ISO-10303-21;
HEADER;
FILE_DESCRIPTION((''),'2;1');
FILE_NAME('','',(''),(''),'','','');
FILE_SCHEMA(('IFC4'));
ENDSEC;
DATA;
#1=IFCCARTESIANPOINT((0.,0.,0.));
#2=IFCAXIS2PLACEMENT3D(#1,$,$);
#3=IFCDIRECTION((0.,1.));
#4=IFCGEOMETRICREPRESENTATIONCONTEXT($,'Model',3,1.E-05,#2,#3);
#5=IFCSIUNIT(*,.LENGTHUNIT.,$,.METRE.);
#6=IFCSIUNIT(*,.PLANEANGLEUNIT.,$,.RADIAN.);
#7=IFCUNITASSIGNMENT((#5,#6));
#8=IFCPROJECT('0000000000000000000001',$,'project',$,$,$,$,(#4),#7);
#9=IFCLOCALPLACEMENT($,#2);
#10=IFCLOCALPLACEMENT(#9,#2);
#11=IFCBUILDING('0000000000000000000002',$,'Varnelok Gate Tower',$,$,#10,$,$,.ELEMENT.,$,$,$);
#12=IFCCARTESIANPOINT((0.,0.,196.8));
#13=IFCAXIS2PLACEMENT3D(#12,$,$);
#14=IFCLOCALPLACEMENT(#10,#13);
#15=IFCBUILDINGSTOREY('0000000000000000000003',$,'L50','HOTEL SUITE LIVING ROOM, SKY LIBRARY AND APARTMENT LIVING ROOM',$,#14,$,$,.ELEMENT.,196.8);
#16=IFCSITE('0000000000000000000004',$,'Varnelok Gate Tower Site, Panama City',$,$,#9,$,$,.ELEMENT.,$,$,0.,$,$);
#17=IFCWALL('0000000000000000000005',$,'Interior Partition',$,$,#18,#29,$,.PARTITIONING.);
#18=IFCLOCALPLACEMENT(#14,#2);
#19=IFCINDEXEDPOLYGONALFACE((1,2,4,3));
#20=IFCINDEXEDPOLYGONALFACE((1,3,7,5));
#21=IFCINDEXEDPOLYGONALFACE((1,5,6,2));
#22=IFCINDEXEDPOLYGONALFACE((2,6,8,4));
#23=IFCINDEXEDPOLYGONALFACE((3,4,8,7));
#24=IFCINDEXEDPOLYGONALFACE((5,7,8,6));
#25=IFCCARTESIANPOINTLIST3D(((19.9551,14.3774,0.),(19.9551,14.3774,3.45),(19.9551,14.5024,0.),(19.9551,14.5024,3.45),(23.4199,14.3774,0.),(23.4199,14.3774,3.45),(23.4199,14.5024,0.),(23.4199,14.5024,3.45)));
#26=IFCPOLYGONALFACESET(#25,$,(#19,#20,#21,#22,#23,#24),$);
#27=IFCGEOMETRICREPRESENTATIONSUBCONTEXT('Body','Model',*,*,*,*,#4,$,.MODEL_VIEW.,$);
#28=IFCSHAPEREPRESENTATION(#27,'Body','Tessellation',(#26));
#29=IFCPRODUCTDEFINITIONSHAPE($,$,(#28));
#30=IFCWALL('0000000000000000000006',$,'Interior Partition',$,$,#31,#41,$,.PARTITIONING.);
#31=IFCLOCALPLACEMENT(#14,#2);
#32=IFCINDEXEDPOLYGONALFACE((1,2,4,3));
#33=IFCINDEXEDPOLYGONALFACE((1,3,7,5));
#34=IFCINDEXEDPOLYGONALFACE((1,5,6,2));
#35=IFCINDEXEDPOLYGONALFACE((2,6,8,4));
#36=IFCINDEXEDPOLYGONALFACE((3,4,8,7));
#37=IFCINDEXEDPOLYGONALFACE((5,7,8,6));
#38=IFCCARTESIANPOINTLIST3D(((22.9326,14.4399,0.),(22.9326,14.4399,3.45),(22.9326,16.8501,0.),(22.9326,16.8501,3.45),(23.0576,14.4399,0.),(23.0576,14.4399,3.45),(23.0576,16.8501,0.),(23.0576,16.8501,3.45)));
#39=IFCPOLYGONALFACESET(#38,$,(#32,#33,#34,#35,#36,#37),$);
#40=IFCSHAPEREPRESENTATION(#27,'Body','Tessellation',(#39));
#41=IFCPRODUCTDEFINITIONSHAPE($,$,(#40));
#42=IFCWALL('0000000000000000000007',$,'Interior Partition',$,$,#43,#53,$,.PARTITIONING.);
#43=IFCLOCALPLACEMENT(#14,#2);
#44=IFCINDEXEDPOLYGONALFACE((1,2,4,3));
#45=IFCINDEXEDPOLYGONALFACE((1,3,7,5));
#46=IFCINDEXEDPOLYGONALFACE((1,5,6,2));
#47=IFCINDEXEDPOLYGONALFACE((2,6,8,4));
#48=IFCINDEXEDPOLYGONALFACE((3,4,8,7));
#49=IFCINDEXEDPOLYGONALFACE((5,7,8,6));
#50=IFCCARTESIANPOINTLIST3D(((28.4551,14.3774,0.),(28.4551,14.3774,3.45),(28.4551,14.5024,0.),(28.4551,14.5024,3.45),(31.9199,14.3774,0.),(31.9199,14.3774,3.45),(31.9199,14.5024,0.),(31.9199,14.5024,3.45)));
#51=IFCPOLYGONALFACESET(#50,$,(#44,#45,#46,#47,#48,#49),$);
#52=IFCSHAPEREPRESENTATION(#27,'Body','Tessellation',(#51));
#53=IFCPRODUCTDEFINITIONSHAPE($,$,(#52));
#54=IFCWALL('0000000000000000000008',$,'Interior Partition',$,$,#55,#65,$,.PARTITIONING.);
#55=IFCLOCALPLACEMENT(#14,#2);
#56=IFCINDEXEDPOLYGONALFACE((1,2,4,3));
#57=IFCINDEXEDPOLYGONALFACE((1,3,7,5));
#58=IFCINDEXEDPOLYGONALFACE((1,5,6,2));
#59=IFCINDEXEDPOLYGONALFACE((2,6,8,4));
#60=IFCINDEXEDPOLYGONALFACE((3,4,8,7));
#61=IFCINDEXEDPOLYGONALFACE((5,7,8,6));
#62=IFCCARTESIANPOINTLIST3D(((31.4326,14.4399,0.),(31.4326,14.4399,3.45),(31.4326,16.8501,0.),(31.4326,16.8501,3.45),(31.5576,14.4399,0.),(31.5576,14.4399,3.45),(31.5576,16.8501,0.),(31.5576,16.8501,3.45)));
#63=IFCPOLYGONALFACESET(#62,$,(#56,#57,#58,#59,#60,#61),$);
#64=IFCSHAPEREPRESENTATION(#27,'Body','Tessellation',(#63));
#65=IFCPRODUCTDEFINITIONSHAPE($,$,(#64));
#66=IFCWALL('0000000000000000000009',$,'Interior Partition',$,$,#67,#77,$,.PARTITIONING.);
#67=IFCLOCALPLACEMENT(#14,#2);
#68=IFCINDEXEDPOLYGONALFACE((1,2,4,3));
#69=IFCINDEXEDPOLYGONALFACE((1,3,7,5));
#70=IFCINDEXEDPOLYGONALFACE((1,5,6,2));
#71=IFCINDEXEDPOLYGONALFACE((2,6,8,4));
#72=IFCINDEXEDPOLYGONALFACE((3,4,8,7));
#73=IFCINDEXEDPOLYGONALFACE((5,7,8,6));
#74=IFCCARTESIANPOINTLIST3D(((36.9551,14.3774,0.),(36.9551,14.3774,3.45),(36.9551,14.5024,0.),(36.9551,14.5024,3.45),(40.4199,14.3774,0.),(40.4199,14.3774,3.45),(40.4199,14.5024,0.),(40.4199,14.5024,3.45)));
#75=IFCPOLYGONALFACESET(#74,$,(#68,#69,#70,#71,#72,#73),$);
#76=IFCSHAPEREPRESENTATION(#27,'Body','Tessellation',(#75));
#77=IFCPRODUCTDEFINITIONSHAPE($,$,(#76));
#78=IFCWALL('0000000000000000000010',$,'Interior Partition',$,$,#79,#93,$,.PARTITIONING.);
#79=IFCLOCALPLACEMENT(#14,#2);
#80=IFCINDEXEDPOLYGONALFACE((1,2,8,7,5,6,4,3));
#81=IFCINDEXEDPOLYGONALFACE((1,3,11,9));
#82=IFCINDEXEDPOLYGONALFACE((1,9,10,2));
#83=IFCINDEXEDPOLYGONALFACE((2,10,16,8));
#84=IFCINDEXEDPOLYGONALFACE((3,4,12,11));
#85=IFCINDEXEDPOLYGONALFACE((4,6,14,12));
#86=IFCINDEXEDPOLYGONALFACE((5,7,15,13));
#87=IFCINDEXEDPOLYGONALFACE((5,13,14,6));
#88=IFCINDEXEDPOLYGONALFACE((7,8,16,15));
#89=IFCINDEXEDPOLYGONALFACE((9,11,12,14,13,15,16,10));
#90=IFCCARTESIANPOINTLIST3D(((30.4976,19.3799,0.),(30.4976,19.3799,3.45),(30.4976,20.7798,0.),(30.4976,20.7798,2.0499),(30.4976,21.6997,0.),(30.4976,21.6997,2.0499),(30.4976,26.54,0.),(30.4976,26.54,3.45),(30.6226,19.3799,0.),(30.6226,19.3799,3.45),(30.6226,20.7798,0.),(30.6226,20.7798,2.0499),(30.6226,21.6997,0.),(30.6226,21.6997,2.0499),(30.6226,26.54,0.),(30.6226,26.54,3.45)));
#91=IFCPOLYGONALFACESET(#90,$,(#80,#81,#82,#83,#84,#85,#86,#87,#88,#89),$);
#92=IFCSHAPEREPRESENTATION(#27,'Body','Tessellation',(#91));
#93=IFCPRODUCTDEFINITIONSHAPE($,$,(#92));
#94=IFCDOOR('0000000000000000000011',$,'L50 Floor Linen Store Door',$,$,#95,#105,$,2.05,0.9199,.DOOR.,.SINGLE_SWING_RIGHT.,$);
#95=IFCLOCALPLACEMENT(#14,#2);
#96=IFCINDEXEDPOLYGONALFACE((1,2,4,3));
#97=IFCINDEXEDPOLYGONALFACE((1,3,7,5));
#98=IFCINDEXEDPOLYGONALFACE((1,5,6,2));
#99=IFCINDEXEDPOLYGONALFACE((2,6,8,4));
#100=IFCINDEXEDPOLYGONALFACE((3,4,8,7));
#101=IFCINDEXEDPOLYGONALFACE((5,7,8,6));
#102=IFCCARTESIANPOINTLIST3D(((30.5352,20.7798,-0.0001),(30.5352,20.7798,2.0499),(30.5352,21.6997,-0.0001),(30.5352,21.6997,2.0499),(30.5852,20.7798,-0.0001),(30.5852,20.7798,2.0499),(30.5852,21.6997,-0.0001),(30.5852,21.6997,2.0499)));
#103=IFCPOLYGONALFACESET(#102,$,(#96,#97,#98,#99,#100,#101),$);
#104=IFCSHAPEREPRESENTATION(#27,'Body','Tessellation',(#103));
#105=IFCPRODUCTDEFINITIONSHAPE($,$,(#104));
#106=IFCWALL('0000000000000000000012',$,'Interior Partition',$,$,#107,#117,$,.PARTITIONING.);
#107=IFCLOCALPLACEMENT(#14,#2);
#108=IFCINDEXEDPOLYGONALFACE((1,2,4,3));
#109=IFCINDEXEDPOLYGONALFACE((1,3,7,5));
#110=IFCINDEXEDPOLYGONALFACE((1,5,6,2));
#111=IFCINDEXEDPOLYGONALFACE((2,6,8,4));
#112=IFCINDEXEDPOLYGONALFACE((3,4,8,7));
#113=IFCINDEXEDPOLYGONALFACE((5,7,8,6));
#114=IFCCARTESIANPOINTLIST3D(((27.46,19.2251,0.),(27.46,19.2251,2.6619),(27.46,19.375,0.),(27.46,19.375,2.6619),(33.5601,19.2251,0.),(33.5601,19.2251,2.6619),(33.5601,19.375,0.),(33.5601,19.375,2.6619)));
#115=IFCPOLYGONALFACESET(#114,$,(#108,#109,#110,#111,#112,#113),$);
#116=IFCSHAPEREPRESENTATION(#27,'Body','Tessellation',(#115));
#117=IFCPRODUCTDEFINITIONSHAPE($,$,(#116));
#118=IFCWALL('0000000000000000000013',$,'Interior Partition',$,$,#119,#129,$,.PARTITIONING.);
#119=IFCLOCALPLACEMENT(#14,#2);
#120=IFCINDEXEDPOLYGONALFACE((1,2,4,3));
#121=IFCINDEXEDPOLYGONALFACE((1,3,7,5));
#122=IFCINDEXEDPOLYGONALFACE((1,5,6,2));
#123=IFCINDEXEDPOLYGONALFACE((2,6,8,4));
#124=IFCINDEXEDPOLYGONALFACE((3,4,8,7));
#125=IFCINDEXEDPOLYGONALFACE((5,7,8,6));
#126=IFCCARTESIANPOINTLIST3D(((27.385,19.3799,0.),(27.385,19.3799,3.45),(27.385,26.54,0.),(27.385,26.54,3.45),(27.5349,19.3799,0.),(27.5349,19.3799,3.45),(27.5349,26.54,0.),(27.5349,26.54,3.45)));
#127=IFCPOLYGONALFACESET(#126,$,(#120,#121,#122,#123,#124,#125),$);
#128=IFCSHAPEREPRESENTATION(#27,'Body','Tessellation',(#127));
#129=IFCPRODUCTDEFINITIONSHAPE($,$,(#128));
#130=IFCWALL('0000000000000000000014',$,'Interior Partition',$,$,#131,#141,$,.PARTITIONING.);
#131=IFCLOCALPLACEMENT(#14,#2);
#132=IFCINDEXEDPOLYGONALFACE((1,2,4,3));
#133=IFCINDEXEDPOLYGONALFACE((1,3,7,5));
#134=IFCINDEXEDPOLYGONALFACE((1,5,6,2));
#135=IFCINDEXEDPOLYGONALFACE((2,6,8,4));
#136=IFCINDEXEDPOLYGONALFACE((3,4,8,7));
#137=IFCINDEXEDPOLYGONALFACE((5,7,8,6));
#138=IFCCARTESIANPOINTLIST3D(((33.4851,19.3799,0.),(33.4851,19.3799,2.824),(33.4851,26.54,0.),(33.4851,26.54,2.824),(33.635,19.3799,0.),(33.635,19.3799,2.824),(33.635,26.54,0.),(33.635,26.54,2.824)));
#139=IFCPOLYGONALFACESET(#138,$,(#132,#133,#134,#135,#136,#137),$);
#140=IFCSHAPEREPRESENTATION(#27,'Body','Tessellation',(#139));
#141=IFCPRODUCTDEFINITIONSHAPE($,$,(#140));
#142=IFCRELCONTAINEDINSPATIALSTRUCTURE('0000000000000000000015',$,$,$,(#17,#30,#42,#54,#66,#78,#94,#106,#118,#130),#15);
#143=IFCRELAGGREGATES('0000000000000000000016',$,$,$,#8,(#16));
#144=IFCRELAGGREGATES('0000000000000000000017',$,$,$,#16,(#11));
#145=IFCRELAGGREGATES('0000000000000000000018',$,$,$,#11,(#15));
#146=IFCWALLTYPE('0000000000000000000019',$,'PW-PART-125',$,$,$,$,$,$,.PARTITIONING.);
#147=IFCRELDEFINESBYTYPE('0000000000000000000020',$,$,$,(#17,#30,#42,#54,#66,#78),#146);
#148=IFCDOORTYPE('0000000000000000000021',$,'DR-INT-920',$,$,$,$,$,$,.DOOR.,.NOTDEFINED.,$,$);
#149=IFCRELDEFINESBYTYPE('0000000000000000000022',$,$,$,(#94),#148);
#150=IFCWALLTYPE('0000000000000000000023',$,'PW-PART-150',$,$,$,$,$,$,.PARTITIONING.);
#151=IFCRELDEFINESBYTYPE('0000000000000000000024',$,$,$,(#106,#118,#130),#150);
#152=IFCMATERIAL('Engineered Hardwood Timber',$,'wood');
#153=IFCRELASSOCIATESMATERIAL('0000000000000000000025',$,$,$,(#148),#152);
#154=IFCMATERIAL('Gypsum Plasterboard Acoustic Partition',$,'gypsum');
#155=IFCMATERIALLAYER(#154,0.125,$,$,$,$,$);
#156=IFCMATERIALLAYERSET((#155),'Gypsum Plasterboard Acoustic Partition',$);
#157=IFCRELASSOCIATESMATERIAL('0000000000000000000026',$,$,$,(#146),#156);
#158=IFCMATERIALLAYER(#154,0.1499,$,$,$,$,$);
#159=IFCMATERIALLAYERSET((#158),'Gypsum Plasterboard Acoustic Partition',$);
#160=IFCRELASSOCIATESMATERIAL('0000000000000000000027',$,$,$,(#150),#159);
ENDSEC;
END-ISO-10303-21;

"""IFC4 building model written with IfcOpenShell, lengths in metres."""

from ifc_helpers import new_model, si_unit, direction, frame, frame_2d, origin, place, context, subcontext, project, spatial, rectangle, extrude, material, layer, layer_set, type_object, element, fill, save


model = new_model("IFC4")

# Units and contexts
model_context = context("Model", 3, precision=1e-05, world=origin(), true_north=direction((0.0, 1.0)))
body_context = subcontext(model_context, "Body", "Model", "MODEL_VIEW")
ifc_project = project(units=[si_unit("LENGTHUNIT", "METRE"), si_unit("PLANEANGLEUNIT", "RADIAN")], contexts=[model_context])

# Site, building, storey
site_placement = place(None, origin())
site = spatial("IfcSite", under=ifc_project, at=site_placement, Name="Varnelok Gate Tower Site, Panama City", CompositionType="ELEMENT", RefElevation=0.0)
building_placement = place(site_placement, origin())
building = spatial("IfcBuilding", under=site, at=building_placement, Name="Varnelok Gate Tower", CompositionType="ELEMENT")
storey_placement = place(building_placement, frame((0.0, 0.0, 196.8)))
storey = spatial("IfcBuildingStorey", under=building, at=storey_placement, Name="L50", Description="HOTEL SUITE LIVING ROOM, SKY LIBRARY AND APARTMENT LIVING ROOM", CompositionType="ELEMENT", Elevation=196.8)

# Shared definitions
ifc_material_1 = material(Name="Gypsum Plasterboard Acoustic Partition", Category="gypsum")
ifc_material_2 = material(Name="Engineered Hardwood Timber", Category="wood")
door_type_1 = type_object("IfcDoorType", Name="DR-INT-920", OperationType="NOTDEFINED", PredefinedType="DOOR", material=ifc_material_2)

# Walls
ifc_layer_1 = layer(ifc_material_1, 0.125)
ifc_layer_set_1 = layer_set([ifc_layer_1], Name="Gypsum Plasterboard Acoustic Partition")
wall_type_1 = type_object("IfcWallType", Name="PW-PART-125", PredefinedType="PARTITIONING", material=ifc_layer_set_1)
wall_1_placement = place(storey_placement, frame((19.9551, 14.4399, 0.0), z_axis=(0.0, 0.0, 1.0), x_axis=(1.0, 0.0, 0.0)))
element("IfcWall", 1, at=wall_1_placement, inside=storey, type_object=wall_type_1, Name="Interior Partition", PredefinedType="PARTITIONING", context=body_context, shape_type="SweptSolid", body=[
    extrude(rectangle(XDim=3.4648, YDim=0.125, at=frame_2d((1.7324, 0.0))), origin(), (0.0, 0.0, 1.0), 3.45),
])
wall_2_placement = place(storey_placement, frame((22.9951, 14.4399, 0.0), z_axis=(0.0, 0.0, 1.0), x_axis=(0.0, 1.0, 0.0)))
element("IfcWall", 2, at=wall_2_placement, inside=storey, type_object=wall_type_1, Name="Interior Partition", PredefinedType="PARTITIONING", context=body_context, shape_type="SweptSolid", body=[
    extrude(rectangle(XDim=2.4102, YDim=0.125, at=frame_2d((1.2051, 0.0))), origin(), (0.0, 0.0, 1.0), 3.45),
])
wall_3_placement = place(storey_placement, frame((28.4551, 14.4399, 0.0), z_axis=(0.0, 0.0, 1.0), x_axis=(1.0, 0.0, 0.0)))
element("IfcWall", 3, at=wall_3_placement, inside=storey, type_object=wall_type_1, Name="Interior Partition", PredefinedType="PARTITIONING", context=body_context, shape_type="SweptSolid", body=[
    extrude(rectangle(XDim=3.4648, YDim=0.125, at=frame_2d((1.7324, 0.0))), origin(), (0.0, 0.0, 1.0), 3.45),
])
wall_4_placement = place(storey_placement, frame((31.4951, 14.4399, 0.0), z_axis=(0.0, 0.0, 1.0), x_axis=(0.0, 1.0, 0.0)))
element("IfcWall", 4, at=wall_4_placement, inside=storey, type_object=wall_type_1, Name="Interior Partition", PredefinedType="PARTITIONING", context=body_context, shape_type="SweptSolid", body=[
    extrude(rectangle(XDim=2.4102, YDim=0.125, at=frame_2d((1.2051, 0.0))), origin(), (0.0, 0.0, 1.0), 3.45),
])
wall_5_placement = place(storey_placement, frame((36.9551, 14.4399, 0.0), z_axis=(0.0, 0.0, 1.0), x_axis=(1.0, 0.0, 0.0)))
element("IfcWall", 5, at=wall_5_placement, inside=storey, type_object=wall_type_1, Name="Interior Partition", PredefinedType="PARTITIONING", context=body_context, shape_type="SweptSolid", body=[
    extrude(rectangle(XDim=3.4648, YDim=0.125, at=frame_2d((1.7324, 0.0))), origin(), (0.0, 0.0, 1.0), 3.45),
])

# Wall, opening, door
wall_6_placement = place(storey_placement, frame((30.5601, 19.3799, 0.0), z_axis=(0.0, 0.0, 1.0), x_axis=(0.0, 1.0, 0.0)))
wall_6 = element("IfcWall", 6, at=wall_6_placement, inside=storey, type_object=wall_type_1, Name="Interior Partition", PredefinedType="PARTITIONING", context=body_context, shape_type="SweptSolid", body=[
    extrude(rectangle(XDim=7.1602, YDim=0.125, at=frame_2d((3.5801, 0.0))), origin(), (0.0, 0.0, 1.0), 3.45),
])
opening_1_placement = place(wall_6_placement, frame((1.3999, 0.0, 0.0)))
opening_1 = element("IfcOpeningElement", 7, at=opening_1_placement, cuts=wall_6, PredefinedType="OPENING", context=body_context, shape_type="SweptSolid", body=[
    extrude(rectangle(XDim=0.9199, YDim=2.05, at=frame_2d((0.46, 1.0249))), frame((0.0, 0.0725, 0.0), z_axis=(0.0, -1.0, 0.0), x_axis=(1.0, 0.0, 0.0)), (0.0, 0.0, 1.0), 0.145),
])
door_1_placement = place(opening_1_placement, origin())
door_1 = element("IfcDoor", 8, at=door_1_placement, inside=storey, type_object=door_type_1, Name="L50 Floor Linen Store Door", OperationType="SINGLE_SWING_RIGHT", OverallHeight=2.05, OverallWidth=0.9199, PredefinedType="DOOR", context=body_context, shape_type="SweptSolid", body=[
    extrude(rectangle(XDim=0.9199, YDim=2.05, at=frame_2d((0.46, 1.0249))), frame((0.0, 0.0249, 0.0), z_axis=(0.0, -1.0, 0.0), x_axis=(1.0, 0.0, 0.0)), (0.0, 0.0, 1.0), 0.05),
])
fill(opening_1, door_1)

# Walls
ifc_layer_2 = layer(ifc_material_1, 0.1499)
ifc_layer_set_2 = layer_set([ifc_layer_2], Name="Gypsum Plasterboard Acoustic Partition")
wall_type_2 = type_object("IfcWallType", Name="PW-PART-150", PredefinedType="PARTITIONING", material=ifc_layer_set_2)
wall_7_placement = place(storey_placement, frame((27.46, 19.3, 0.0), z_axis=(0.0, 0.0, 1.0), x_axis=(1.0, 0.0, 0.0)))
element("IfcWall", 9, at=wall_7_placement, inside=storey, type_object=wall_type_2, Name="Interior Partition", PredefinedType="PARTITIONING", context=body_context, shape_type="SweptSolid", body=[
    extrude(rectangle(XDim=6.1001, YDim=0.1499, at=frame_2d((3.05, 0.0))), origin(), (0.0, 0.0, 1.0), 2.6619),
])
wall_8_placement = place(storey_placement, frame((27.46, 19.3799, 0.0), z_axis=(0.0, 0.0, 1.0), x_axis=(0.0, 1.0, 0.0)))
element("IfcWall", 10, at=wall_8_placement, inside=storey, type_object=wall_type_2, Name="Interior Partition", PredefinedType="PARTITIONING", context=body_context, shape_type="SweptSolid", body=[
    extrude(rectangle(XDim=7.1602, YDim=0.1499, at=frame_2d((3.5801, 0.0))), origin(), (0.0, 0.0, 1.0), 3.45),
])
wall_9_placement = place(storey_placement, frame((33.5601, 19.3799, 0.0), z_axis=(0.0, 0.0, 1.0), x_axis=(0.0, 1.0, 0.0)))
element("IfcWall", 11, at=wall_9_placement, inside=storey, type_object=wall_type_2, Name="Interior Partition", PredefinedType="PARTITIONING", context=body_context, shape_type="SweptSolid", body=[
    extrude(rectangle(XDim=7.1602, YDim=0.1499, at=frame_2d((3.5801, 0.0))), origin(), (0.0, 0.0, 1.0), 2.824),
])

save(model, "model.ifc")
